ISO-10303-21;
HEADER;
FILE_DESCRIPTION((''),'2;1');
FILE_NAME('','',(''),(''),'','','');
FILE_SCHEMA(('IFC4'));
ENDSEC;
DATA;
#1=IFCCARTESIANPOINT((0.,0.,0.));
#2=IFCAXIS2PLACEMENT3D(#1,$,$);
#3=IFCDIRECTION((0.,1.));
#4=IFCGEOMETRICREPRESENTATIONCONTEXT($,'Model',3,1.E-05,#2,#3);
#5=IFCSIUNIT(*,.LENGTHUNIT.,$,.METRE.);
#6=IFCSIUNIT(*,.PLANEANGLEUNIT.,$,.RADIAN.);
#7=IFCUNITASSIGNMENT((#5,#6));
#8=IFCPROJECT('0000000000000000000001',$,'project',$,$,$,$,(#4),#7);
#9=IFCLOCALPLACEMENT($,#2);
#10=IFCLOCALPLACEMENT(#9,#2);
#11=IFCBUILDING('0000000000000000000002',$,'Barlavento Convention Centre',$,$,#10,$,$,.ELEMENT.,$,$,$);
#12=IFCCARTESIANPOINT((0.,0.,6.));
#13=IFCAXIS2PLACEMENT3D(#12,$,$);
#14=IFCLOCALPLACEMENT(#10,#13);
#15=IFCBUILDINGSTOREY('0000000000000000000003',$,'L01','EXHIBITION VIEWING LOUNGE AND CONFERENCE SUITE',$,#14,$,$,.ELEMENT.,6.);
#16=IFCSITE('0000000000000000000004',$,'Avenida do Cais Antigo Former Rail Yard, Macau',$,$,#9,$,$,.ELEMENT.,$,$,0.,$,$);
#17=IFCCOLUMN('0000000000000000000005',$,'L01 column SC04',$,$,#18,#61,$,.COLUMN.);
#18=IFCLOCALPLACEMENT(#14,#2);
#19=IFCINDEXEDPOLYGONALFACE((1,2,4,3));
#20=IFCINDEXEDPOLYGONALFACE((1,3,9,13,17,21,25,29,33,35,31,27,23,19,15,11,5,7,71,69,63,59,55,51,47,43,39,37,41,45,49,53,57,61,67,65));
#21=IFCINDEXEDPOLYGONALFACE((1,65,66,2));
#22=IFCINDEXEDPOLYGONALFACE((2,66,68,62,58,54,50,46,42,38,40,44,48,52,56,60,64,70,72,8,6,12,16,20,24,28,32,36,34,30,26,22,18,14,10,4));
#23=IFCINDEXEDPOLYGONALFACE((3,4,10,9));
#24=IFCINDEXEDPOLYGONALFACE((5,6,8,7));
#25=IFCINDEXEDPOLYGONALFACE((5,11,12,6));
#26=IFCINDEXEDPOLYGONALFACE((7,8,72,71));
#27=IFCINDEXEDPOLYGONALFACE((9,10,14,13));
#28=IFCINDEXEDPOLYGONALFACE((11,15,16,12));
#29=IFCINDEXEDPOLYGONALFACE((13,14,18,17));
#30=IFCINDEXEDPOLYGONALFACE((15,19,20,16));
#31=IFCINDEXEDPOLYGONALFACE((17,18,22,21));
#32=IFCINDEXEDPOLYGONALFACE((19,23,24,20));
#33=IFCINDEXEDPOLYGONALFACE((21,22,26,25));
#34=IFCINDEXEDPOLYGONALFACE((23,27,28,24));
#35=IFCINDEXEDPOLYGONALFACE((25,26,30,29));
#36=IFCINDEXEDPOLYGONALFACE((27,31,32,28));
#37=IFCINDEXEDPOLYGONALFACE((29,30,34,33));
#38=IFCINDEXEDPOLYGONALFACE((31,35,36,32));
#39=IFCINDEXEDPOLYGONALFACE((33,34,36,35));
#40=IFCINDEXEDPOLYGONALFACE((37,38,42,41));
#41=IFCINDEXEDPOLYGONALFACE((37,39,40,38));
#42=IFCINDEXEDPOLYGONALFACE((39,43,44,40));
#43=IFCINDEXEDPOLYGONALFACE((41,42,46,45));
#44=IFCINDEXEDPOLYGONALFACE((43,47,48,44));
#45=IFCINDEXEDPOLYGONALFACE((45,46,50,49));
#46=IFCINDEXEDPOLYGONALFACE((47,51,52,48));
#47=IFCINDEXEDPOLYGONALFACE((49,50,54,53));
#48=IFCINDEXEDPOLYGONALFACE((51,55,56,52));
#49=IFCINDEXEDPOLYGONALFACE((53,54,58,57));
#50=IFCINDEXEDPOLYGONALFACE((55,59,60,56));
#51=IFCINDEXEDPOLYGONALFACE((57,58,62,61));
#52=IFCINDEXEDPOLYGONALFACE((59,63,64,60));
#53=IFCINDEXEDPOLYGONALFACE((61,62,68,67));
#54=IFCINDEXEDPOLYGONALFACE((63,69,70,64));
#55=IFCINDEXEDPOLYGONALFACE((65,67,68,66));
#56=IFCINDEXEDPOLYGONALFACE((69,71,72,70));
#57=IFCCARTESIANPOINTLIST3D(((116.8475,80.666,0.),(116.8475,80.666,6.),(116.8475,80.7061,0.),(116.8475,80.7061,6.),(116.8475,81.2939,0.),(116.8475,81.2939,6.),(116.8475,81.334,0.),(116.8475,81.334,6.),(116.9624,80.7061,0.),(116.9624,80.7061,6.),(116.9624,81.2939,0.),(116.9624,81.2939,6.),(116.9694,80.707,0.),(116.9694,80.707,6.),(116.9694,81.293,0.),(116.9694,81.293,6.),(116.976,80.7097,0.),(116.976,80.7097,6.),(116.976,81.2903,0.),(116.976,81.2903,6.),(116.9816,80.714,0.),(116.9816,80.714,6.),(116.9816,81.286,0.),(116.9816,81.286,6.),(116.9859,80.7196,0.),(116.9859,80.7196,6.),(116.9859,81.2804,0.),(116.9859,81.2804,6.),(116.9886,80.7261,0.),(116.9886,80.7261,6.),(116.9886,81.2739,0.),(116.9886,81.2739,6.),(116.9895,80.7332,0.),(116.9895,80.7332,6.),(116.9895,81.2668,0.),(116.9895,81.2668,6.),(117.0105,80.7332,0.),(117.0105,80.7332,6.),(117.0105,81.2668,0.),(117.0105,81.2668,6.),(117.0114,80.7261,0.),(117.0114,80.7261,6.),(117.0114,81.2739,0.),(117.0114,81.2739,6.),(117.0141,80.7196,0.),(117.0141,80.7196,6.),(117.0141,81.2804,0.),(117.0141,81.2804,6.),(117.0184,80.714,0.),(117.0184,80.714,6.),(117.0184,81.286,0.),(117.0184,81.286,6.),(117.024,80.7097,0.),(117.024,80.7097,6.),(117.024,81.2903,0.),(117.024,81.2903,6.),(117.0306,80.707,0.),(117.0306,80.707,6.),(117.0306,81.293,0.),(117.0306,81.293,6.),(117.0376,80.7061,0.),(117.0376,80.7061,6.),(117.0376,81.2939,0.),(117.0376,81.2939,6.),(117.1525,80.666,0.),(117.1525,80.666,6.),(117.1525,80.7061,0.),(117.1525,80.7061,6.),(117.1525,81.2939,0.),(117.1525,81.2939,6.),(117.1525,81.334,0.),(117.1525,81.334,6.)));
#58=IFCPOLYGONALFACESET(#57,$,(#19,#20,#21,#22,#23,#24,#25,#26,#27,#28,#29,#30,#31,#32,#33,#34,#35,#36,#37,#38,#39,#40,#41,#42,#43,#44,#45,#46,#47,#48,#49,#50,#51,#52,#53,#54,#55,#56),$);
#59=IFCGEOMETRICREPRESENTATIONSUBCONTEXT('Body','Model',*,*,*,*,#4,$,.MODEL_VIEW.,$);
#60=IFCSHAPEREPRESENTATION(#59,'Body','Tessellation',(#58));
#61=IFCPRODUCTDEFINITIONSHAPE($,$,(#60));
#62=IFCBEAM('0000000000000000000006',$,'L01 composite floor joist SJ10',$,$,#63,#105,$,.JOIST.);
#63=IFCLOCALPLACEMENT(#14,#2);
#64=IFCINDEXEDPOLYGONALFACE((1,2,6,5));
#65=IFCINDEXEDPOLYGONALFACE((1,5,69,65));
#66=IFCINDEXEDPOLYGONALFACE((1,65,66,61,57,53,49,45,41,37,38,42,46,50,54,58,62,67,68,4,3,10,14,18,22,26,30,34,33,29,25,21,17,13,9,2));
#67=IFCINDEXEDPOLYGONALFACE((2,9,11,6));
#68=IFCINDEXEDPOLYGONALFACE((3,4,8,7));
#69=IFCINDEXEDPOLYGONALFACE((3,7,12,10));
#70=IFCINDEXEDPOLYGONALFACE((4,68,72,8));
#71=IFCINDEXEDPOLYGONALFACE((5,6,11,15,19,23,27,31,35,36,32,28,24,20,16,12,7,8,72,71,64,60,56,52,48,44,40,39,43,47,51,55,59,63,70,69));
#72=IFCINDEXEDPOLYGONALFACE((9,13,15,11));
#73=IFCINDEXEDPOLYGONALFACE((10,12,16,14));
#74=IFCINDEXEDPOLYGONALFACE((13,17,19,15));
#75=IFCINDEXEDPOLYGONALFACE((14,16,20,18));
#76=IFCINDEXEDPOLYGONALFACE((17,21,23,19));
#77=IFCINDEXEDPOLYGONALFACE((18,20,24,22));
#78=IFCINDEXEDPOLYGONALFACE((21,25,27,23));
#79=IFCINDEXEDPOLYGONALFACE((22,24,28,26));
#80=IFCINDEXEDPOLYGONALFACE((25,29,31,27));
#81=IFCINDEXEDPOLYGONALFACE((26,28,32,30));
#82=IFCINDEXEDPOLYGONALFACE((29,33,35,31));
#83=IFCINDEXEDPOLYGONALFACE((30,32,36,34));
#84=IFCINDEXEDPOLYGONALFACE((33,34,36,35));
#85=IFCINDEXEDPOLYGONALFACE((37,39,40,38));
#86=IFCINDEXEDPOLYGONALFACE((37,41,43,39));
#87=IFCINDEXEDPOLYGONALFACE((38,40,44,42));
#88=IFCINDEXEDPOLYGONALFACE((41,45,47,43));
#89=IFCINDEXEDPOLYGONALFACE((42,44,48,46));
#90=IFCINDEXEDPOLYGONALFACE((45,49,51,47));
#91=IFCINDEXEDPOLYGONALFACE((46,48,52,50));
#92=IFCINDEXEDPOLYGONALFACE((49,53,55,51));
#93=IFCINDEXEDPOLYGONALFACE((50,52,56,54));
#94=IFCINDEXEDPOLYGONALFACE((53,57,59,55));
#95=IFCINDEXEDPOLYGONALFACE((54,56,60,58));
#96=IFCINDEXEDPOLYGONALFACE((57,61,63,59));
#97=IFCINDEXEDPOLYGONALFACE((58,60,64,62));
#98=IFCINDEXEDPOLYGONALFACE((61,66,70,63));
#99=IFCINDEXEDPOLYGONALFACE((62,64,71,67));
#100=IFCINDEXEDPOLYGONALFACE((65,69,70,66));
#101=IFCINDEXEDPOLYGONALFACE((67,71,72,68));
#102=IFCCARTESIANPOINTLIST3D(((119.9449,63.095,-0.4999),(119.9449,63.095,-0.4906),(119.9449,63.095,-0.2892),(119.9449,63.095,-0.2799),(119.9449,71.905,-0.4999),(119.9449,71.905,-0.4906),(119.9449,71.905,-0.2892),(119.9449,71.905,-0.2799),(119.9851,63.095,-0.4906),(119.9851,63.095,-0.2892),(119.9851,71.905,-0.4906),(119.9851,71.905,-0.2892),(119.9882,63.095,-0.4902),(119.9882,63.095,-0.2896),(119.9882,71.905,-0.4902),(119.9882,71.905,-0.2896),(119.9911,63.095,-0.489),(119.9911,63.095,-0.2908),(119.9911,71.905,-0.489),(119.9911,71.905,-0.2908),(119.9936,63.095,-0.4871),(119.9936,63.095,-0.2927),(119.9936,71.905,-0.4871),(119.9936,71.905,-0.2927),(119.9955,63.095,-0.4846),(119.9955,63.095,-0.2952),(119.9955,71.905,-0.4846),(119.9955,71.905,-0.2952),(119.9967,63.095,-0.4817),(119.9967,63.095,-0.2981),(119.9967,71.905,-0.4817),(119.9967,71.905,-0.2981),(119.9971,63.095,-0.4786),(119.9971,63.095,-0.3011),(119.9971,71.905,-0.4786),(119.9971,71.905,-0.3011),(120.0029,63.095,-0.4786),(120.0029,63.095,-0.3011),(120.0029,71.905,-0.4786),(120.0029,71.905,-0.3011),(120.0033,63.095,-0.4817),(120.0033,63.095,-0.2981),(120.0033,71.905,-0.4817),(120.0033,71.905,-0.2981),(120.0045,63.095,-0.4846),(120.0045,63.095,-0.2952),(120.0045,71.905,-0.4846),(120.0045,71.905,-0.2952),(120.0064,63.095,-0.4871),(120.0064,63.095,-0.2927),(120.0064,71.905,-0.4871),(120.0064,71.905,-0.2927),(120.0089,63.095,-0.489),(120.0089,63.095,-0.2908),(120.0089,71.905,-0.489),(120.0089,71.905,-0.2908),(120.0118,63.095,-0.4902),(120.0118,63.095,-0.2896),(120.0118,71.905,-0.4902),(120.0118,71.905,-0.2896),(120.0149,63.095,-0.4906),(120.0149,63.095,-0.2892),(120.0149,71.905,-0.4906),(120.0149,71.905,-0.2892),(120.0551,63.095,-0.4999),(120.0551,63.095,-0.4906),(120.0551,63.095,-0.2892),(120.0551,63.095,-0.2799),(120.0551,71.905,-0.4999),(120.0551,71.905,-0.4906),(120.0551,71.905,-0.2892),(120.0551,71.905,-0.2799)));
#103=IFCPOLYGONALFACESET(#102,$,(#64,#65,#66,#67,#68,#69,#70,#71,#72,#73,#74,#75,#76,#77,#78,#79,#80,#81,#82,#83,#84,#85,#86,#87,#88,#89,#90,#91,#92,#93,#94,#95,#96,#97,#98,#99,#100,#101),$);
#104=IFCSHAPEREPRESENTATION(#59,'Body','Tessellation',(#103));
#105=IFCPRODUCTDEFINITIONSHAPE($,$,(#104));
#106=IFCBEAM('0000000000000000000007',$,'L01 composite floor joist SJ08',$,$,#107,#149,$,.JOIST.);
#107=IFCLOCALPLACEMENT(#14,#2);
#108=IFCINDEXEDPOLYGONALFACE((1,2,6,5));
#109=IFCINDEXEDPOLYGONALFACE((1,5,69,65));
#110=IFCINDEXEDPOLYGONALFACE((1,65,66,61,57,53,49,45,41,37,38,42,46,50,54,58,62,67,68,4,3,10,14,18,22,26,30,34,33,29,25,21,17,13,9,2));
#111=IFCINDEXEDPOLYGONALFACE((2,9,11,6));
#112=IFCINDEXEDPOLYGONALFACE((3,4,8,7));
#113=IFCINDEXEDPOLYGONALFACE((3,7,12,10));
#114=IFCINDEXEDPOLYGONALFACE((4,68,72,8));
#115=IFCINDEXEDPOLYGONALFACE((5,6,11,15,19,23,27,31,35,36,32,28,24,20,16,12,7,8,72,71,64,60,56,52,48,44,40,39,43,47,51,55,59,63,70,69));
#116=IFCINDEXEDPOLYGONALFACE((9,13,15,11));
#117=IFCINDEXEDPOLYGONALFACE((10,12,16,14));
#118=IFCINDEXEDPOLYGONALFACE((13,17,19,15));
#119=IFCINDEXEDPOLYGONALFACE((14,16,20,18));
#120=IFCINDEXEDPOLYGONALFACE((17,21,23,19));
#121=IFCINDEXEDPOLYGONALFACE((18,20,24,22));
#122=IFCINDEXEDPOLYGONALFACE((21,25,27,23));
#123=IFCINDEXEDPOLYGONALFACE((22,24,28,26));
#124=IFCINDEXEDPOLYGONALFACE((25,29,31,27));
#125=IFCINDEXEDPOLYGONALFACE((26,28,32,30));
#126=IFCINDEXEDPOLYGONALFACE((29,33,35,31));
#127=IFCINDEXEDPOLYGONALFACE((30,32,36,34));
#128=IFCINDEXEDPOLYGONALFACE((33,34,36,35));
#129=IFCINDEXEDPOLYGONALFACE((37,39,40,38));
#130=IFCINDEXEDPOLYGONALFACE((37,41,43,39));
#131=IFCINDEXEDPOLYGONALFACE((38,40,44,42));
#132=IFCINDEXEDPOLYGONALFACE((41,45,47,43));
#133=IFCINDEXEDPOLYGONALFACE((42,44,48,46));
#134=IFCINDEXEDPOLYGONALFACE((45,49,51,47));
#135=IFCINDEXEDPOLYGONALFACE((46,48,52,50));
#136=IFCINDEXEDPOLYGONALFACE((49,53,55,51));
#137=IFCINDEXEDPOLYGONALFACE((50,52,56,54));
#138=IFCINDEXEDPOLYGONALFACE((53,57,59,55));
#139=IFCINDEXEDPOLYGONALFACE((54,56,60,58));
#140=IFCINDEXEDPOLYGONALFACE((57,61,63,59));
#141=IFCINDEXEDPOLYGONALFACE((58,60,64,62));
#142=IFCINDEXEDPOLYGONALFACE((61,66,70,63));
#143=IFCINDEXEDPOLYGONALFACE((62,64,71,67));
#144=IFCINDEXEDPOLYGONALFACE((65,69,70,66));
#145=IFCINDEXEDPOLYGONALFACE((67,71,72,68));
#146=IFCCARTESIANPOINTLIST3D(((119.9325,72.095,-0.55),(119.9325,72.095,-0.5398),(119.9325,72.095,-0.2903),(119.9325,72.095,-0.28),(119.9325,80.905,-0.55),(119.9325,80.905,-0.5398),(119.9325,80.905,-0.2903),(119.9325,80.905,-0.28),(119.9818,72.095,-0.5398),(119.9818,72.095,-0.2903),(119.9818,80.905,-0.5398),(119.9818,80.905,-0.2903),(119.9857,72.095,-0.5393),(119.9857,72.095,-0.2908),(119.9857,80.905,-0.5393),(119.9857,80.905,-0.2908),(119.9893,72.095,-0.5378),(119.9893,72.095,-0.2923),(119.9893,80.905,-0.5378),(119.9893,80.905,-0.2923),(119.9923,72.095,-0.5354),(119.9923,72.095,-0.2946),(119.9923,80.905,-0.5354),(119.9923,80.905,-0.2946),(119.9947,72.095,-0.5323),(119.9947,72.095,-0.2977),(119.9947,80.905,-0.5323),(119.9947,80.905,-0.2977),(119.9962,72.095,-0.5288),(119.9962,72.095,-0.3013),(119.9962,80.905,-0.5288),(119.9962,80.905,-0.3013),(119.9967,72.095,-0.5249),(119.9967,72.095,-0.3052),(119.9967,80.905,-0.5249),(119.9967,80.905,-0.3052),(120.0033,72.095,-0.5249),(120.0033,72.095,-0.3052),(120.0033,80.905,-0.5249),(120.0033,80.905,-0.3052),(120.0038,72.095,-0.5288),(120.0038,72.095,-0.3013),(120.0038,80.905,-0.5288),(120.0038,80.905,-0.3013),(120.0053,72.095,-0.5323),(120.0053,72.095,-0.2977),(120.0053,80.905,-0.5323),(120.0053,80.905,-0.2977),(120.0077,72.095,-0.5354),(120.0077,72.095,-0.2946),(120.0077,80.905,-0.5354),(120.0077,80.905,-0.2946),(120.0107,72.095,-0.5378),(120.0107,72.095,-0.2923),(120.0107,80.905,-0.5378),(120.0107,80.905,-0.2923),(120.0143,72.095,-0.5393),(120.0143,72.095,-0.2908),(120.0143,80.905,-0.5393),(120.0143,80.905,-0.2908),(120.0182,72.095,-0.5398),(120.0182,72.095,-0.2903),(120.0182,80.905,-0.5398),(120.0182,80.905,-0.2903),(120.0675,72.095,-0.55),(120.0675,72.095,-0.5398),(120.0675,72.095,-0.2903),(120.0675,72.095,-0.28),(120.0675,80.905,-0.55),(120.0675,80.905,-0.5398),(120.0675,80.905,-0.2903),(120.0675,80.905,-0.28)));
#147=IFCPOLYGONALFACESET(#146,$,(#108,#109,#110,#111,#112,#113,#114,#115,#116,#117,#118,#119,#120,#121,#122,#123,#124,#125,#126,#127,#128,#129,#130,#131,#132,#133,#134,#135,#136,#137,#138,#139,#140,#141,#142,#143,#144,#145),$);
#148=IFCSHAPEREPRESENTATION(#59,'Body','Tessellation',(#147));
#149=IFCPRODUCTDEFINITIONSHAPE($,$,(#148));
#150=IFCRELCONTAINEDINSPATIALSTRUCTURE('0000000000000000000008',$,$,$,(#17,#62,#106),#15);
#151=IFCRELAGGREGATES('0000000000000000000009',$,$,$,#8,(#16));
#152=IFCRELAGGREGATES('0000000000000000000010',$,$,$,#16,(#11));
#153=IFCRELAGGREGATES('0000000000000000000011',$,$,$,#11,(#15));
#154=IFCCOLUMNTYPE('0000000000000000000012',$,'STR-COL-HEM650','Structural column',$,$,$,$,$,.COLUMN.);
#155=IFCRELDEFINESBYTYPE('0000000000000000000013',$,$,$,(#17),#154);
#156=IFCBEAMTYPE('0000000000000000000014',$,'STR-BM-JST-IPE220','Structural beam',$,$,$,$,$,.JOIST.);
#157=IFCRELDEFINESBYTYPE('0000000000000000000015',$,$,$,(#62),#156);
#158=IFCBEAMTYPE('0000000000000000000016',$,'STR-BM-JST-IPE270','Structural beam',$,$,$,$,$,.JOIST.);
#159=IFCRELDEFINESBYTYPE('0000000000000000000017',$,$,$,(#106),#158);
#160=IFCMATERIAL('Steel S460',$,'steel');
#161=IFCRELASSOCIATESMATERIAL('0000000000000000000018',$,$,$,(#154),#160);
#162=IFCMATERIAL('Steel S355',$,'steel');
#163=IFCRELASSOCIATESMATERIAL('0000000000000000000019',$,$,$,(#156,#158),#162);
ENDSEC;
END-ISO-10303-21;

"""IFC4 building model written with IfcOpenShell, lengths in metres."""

from ifc_helpers import new_model, si_unit, direction, frame, origin, origin_2d, place, context, subcontext, project, spatial, i_section, extrude, material, material_profile, profile_set, type_object, element, save


model = new_model("IFC4")

# Units and contexts
model_context = context("Model", 3, precision=1e-05, world=origin(), true_north=direction((0.0, 1.0)))
body_context = subcontext(model_context, "Body", "Model", "MODEL_VIEW")
ifc_project = project(units=[si_unit("LENGTHUNIT", "METRE"), si_unit("PLANEANGLEUNIT", "RADIAN")], contexts=[model_context])

# Site, building, storey
site_placement = place(None, origin())
site = spatial("IfcSite", under=ifc_project, at=site_placement, Name="Avenida do Cais Antigo Former Rail Yard, Macau", CompositionType="ELEMENT", RefElevation=0.0)
building_placement = place(site_placement, origin())
building = spatial("IfcBuilding", under=site, at=building_placement, Name="Barlavento Convention Centre", CompositionType="ELEMENT")
storey_placement = place(building_placement, frame((0.0, 0.0, 6.0)))
storey = spatial("IfcBuildingStorey", under=building, at=storey_placement, Name="L01", Description="EXHIBITION VIEWING LOUNGE AND CONFERENCE SUITE", CompositionType="ELEMENT", Elevation=6.0)

# Column
ifc_material_1 = material(Name="Steel S355", Category="steel")
ifc_material_2 = material(Name="Steel S460", Category="steel")
ifc_material_profile_1 = material_profile(ifc_material_2, i_section(OverallWidth=0.3049, OverallDepth=0.668, WebThickness=0.021, FlangeThickness=0.04, FilletRadius=0.0271, at=origin_2d()), Name="HEM 650")
ifc_profile_set_1 = profile_set([ifc_material_profile_1], Name="Steel S460")
column_type_1 = type_object("IfcColumnType", Name="STR-COL-HEM650", Description="Structural column", PredefinedType="COLUMN", material=ifc_profile_set_1)
column_1_placement = place(storey_placement, frame((117.0, 81.0, 0.0), z_axis=(0.0, 0.0, 1.0), x_axis=(1.0, 0.0, 0.0)))
element("IfcColumn", 1, at=column_1_placement, inside=storey, type_object=column_type_1, Name="L01 column SC04", PredefinedType="COLUMN", context=body_context, shape_type="SweptSolid", body=[
    extrude(i_section(OverallWidth=0.3049, OverallDepth=0.668, WebThickness=0.021, FlangeThickness=0.04, FilletRadius=0.0271, at=origin_2d()), origin(), (0.0, 0.0, 1.0), 6.0),
])

# Beams
ifc_material_profile_2 = material_profile(ifc_material_1, i_section(OverallWidth=0.1101, OverallDepth=0.22, WebThickness=0.0059, FlangeThickness=0.0093, FilletRadius=0.012, at=origin_2d()), Name="IPE 220")
ifc_profile_set_2 = profile_set([ifc_material_profile_2], Name="Steel S355")
beam_type_1 = type_object("IfcBeamType", Name="STR-BM-JST-IPE220", Description="Structural beam", PredefinedType="JOIST", material=ifc_profile_set_2)
beam_1_placement = place(storey_placement, frame((120.0, 63.095, -0.3899), z_axis=(0.0, 1.0, 0.0), x_axis=(-1.0, 0.0, 0.0)))
element("IfcBeam", 2, at=beam_1_placement, inside=storey, type_object=beam_type_1, Name="L01 composite floor joist SJ10", PredefinedType="JOIST", context=body_context, shape_type="SweptSolid", body=[
    extrude(i_section(OverallWidth=0.1101, OverallDepth=0.22, WebThickness=0.0059, FlangeThickness=0.0093, FilletRadius=0.012, at=origin_2d()), origin(), (0.0, 0.0, 1.0), 8.8101),
])
ifc_material_profile_3 = material_profile(ifc_material_1, i_section(OverallWidth=0.135, OverallDepth=0.27, WebThickness=0.0066, FlangeThickness=0.0103, FilletRadius=0.0149, at=origin_2d()), Name="IPE 270")
ifc_profile_set_3 = profile_set([ifc_material_profile_3], Name="Steel S355")
beam_type_2 = type_object("IfcBeamType", Name="STR-BM-JST-IPE270", Description="Structural beam", PredefinedType="JOIST", material=ifc_profile_set_3)
beam_2_placement = place(storey_placement, frame((120.0, 72.095, -0.415), z_axis=(0.0, 1.0, 0.0), x_axis=(-1.0, 0.0, 0.0)))
element("IfcBeam", 3, at=beam_2_placement, inside=storey, type_object=beam_type_2, Name="L01 composite floor joist SJ08", PredefinedType="JOIST", context=body_context, shape_type="SweptSolid", body=[
    extrude(i_section(OverallWidth=0.135, OverallDepth=0.27, WebThickness=0.0066, FlangeThickness=0.0103, FilletRadius=0.0149, at=origin_2d()), origin(), (0.0, 0.0, 1.0), 8.8101),
])

save(model, "model.ifc")
